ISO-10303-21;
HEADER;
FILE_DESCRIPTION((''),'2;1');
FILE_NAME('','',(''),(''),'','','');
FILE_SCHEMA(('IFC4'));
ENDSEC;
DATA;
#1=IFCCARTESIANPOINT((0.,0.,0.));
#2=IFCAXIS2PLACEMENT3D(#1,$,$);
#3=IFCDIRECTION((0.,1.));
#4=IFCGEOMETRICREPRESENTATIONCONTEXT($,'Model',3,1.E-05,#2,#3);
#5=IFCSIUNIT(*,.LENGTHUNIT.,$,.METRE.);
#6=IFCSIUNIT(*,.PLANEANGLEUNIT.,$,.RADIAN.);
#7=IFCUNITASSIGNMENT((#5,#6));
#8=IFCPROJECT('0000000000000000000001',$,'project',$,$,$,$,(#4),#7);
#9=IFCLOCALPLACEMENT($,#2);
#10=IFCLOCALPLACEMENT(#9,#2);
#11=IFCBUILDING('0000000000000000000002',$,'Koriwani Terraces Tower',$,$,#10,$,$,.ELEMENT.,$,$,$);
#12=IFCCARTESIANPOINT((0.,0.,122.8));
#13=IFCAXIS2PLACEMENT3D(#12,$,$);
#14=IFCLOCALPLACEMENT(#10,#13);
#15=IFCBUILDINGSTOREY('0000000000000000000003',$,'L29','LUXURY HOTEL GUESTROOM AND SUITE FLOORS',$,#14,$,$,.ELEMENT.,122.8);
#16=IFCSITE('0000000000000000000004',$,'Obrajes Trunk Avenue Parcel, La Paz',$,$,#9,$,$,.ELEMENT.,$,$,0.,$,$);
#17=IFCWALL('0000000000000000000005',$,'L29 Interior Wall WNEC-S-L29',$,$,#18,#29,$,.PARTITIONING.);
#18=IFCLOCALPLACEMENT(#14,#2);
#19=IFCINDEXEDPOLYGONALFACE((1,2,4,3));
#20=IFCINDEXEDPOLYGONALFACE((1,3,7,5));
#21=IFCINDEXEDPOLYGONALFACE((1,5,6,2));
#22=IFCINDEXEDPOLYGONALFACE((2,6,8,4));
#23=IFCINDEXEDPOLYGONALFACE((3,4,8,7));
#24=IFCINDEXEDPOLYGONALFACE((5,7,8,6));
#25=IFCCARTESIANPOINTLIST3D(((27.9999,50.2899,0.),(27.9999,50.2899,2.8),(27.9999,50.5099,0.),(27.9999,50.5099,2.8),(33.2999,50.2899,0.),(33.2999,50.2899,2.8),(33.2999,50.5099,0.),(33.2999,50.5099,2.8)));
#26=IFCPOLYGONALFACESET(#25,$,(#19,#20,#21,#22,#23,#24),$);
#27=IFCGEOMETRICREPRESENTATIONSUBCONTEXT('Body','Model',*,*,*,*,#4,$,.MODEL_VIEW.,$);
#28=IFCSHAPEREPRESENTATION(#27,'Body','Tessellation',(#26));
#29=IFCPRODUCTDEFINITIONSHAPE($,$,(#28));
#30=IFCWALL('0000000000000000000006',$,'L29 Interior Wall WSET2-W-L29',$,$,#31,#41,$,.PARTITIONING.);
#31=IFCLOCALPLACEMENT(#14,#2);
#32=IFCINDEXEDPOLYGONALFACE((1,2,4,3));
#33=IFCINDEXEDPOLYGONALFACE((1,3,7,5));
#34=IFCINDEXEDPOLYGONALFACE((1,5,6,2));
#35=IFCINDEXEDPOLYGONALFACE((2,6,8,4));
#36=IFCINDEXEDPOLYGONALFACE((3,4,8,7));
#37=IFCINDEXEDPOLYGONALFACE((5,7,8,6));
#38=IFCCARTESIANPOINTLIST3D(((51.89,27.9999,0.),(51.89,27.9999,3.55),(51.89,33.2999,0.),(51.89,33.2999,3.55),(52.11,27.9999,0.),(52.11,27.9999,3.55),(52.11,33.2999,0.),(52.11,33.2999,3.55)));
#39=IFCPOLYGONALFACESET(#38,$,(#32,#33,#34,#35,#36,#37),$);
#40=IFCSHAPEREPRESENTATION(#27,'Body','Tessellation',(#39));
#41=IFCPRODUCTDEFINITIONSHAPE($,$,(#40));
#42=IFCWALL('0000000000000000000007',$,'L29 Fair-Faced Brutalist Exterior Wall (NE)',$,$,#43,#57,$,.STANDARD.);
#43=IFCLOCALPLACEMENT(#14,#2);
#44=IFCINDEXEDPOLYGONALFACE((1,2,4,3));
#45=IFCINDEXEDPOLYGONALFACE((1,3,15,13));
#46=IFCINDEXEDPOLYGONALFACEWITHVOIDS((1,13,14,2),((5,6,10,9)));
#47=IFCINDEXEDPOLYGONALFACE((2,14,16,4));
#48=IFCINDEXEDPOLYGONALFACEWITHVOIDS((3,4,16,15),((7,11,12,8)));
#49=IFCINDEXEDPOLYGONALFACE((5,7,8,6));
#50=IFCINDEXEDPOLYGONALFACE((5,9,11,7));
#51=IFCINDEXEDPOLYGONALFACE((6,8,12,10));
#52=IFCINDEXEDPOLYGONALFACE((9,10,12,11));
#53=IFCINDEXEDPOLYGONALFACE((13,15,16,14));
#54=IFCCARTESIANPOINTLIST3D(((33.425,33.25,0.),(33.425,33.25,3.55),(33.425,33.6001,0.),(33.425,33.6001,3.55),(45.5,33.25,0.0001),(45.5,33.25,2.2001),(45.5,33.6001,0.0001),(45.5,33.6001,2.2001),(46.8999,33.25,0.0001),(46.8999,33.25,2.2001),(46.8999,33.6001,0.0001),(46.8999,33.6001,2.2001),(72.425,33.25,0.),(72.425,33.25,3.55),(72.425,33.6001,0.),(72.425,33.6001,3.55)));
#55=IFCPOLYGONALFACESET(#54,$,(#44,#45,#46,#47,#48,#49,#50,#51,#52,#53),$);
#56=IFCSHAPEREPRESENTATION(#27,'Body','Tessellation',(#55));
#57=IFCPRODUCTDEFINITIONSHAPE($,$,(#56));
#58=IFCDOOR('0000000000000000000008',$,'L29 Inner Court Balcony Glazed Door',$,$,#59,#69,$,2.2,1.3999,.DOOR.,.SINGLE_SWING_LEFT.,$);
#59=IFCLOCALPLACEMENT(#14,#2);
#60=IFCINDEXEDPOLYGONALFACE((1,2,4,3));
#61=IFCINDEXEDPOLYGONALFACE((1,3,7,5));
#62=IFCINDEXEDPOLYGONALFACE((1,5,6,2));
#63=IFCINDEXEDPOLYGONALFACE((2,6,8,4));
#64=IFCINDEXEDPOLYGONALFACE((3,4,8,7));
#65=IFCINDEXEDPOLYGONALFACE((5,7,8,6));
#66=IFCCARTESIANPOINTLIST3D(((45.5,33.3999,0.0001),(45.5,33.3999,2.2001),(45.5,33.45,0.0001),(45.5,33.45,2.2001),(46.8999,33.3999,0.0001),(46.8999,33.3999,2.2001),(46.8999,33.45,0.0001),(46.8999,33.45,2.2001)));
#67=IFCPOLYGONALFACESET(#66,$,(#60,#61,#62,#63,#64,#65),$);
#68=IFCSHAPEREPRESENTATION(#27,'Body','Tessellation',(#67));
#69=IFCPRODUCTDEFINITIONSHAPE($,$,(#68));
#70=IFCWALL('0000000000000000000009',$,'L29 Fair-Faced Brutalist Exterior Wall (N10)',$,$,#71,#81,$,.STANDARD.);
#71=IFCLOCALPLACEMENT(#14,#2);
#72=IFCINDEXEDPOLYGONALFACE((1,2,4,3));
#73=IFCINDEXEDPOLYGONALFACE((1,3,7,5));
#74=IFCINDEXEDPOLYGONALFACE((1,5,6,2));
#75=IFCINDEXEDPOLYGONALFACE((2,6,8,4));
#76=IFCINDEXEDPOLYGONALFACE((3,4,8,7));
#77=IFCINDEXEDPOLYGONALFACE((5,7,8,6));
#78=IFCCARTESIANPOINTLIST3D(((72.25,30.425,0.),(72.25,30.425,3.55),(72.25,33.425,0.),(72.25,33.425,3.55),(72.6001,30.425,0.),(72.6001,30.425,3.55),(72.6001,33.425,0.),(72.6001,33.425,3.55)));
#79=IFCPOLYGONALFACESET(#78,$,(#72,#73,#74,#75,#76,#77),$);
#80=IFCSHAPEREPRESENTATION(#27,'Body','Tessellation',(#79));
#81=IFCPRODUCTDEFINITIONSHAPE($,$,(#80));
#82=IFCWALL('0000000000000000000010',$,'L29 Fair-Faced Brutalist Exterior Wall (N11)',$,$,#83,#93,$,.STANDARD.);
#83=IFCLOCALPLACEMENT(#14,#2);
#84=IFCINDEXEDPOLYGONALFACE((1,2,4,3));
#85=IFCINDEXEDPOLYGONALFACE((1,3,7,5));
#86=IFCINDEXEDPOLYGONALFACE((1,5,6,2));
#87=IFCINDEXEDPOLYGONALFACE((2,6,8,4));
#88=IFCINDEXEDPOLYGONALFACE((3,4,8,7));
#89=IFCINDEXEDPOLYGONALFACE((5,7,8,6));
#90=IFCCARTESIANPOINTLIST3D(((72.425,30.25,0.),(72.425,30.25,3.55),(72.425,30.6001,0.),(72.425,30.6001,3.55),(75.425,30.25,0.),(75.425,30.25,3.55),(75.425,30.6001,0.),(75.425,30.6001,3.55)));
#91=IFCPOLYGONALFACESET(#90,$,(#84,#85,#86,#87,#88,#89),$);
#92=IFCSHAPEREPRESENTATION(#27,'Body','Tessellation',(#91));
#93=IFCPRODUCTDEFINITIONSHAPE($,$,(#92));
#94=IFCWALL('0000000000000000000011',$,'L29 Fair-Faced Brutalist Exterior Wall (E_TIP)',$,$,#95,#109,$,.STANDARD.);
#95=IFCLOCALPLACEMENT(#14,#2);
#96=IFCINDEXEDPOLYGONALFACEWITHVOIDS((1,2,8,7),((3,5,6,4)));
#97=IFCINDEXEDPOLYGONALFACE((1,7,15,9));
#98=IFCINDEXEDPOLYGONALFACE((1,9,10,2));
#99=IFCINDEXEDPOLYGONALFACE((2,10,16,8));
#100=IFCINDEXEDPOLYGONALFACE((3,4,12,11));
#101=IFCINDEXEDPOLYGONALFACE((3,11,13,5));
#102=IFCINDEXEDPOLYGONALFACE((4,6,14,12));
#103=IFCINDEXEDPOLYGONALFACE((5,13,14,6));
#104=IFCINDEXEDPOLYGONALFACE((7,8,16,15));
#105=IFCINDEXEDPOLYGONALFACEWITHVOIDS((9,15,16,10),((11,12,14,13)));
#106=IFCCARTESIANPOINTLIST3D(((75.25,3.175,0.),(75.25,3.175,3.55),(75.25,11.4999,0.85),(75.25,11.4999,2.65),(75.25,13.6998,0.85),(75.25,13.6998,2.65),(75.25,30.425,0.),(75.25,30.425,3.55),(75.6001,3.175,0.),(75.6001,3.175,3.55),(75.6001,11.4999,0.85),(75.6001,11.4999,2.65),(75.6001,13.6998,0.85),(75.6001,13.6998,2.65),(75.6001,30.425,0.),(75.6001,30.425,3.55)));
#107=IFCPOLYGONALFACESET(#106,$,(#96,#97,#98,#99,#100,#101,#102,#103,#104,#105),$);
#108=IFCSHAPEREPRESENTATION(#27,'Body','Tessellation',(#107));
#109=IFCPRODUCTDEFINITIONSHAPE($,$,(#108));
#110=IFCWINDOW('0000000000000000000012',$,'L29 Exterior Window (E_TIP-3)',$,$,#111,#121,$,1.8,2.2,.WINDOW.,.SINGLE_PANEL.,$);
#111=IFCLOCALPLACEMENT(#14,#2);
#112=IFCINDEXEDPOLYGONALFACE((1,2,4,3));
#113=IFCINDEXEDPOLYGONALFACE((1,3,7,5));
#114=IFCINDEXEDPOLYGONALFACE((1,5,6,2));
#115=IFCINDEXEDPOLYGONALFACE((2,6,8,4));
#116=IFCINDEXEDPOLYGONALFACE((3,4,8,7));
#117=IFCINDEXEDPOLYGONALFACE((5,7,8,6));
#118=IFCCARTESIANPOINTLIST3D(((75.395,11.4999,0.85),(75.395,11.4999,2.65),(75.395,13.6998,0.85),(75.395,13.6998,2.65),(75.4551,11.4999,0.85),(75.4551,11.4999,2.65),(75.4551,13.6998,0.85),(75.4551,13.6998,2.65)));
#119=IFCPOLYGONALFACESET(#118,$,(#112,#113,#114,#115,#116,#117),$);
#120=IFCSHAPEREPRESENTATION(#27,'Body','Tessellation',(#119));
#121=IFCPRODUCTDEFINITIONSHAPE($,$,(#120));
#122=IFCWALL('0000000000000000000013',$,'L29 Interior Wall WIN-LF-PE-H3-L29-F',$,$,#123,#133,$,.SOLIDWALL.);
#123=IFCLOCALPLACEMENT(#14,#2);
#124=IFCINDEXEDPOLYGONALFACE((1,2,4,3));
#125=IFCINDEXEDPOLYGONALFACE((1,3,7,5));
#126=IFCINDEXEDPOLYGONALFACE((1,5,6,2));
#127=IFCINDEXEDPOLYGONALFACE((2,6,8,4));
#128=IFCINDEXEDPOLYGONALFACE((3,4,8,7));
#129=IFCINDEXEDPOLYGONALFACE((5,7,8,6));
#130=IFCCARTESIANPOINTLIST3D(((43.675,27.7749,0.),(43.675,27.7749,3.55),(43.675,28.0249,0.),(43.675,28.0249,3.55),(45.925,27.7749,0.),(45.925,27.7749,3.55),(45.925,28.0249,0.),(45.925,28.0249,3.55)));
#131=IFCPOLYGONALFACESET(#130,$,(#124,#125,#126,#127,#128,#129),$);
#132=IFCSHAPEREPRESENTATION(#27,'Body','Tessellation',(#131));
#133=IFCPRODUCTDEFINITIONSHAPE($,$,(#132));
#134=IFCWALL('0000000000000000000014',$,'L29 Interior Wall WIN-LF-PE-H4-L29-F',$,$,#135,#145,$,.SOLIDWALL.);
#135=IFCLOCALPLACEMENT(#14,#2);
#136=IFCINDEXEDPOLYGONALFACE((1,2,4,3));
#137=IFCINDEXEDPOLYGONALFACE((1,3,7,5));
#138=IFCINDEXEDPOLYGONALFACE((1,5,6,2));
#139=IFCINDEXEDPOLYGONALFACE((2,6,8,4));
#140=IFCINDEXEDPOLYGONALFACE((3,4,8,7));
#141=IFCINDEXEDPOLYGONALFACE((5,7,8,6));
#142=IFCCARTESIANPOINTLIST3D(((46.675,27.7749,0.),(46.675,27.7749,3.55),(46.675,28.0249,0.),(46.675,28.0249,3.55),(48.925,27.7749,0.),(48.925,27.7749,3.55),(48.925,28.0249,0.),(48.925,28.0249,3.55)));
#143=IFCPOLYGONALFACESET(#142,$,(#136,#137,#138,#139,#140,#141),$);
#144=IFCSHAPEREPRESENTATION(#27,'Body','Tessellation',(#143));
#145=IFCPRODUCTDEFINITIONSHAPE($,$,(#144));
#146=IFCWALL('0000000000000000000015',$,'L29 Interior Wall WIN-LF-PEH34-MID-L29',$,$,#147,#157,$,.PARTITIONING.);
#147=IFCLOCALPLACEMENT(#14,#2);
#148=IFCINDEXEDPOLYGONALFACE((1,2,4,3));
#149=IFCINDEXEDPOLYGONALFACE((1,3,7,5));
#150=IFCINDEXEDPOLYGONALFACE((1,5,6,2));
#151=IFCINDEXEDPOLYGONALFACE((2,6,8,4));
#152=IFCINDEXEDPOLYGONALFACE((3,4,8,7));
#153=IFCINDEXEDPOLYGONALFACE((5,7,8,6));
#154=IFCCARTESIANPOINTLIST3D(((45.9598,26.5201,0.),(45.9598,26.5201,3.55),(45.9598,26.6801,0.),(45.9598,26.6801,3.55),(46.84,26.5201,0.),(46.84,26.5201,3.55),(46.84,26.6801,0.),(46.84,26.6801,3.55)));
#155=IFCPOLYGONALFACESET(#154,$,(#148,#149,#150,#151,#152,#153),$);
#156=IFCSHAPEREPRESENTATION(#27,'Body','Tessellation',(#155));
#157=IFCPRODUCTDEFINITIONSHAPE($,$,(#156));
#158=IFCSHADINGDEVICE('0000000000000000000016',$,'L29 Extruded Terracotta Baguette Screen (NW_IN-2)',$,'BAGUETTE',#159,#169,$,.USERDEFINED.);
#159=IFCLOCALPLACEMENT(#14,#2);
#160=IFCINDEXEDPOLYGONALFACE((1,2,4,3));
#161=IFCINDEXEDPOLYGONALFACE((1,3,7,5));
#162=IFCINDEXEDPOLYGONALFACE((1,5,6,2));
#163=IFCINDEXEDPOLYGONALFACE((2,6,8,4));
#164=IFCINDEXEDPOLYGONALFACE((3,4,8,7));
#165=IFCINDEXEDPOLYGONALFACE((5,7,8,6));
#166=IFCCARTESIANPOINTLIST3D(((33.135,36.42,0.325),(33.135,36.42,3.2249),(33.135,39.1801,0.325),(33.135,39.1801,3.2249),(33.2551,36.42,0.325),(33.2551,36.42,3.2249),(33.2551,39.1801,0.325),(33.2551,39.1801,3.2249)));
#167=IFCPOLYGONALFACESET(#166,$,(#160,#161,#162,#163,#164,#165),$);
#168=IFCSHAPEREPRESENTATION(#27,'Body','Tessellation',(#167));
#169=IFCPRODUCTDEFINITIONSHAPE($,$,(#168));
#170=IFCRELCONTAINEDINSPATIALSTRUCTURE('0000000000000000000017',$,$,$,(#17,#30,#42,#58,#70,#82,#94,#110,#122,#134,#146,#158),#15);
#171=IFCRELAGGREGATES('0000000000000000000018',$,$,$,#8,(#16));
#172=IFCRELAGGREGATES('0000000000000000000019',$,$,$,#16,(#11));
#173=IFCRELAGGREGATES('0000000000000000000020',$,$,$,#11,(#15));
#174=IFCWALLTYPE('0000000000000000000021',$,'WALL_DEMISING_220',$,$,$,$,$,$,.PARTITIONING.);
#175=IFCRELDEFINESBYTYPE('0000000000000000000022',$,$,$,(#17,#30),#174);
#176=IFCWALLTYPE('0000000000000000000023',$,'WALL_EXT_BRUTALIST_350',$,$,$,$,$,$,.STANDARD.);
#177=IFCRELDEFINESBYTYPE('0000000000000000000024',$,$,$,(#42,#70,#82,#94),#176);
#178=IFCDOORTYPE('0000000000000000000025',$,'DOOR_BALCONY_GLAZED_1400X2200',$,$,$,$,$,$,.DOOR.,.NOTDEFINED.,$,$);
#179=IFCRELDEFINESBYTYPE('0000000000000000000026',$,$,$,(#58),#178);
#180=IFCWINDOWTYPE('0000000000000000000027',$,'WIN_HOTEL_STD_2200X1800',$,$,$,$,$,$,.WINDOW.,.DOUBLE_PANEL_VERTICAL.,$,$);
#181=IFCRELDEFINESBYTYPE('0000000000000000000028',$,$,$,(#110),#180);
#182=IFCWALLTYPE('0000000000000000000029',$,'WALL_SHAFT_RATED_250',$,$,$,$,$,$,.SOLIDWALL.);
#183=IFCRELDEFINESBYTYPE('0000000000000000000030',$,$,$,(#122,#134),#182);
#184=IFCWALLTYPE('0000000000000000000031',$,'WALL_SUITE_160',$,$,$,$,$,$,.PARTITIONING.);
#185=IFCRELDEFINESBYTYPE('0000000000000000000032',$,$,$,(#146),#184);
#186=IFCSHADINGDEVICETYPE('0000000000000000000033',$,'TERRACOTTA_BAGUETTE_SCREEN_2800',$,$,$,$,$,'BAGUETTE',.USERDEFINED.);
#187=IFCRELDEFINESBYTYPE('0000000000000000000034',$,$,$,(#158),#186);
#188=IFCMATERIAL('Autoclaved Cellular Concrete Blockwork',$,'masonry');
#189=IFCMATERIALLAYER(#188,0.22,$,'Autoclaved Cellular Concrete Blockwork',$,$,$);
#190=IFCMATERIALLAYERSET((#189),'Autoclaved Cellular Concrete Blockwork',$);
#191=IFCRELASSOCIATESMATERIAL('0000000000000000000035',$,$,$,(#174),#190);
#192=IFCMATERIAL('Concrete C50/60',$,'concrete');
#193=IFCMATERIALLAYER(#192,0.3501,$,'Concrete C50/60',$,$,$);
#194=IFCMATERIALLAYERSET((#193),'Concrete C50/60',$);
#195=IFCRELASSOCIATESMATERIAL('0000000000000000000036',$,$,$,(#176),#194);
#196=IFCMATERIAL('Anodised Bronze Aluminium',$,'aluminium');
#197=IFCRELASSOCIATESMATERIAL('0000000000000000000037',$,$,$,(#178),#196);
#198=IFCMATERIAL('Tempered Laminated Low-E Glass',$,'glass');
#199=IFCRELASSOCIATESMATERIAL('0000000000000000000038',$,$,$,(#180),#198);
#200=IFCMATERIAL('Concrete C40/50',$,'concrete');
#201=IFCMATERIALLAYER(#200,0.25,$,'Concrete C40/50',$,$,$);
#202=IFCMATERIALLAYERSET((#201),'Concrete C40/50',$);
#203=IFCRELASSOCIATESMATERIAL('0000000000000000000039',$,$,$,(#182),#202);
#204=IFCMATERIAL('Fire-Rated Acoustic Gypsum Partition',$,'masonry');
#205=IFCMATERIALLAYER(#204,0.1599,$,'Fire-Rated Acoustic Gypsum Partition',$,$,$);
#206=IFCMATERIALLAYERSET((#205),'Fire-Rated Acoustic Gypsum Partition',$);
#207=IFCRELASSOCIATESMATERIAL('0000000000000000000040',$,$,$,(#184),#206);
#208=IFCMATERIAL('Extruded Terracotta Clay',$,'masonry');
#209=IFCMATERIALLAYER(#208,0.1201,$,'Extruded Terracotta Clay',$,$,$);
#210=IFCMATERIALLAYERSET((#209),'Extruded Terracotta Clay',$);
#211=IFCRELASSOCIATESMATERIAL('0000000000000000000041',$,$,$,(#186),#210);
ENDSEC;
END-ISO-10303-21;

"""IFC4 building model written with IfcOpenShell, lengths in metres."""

from ifc_helpers import new_model, si_unit, direction, frame, frame_2d, origin, origin_2d, place, context, subcontext, project, spatial, rectangle, extrude, material, layer, layer_set, type_object, element, fill, save


model = new_model("IFC4")

# Units and contexts
model_context = context("Model", 3, precision=1e-05, world=origin(), true_north=direction((0.0, 1.0)))
body_context = subcontext(model_context, "Body", "Model", "MODEL_VIEW")
ifc_project = project(units=[si_unit("LENGTHUNIT", "METRE"), si_unit("PLANEANGLEUNIT", "RADIAN")], contexts=[model_context])

# Site, building, storey
site_placement = place(None, origin())
site = spatial("IfcSite", under=ifc_project, at=site_placement, Name="Obrajes Trunk Avenue Parcel, La Paz", CompositionType="ELEMENT", RefElevation=0.0)
building_placement = place(site_placement, origin())
building = spatial("IfcBuilding", under=site, at=building_placement, Name="Koriwani Terraces Tower", CompositionType="ELEMENT")
storey_placement = place(building_placement, frame((0.0, 0.0, 122.8)))
storey = spatial("IfcBuildingStorey", under=building, at=storey_placement, Name="L29", Description="LUXURY HOTEL GUESTROOM AND SUITE FLOORS", CompositionType="ELEMENT", Elevation=122.8)

# Shared definitions
ifc_material_1 = material(Name="Concrete C40/50", Category="concrete")
ifc_material_2 = material(Name="Concrete C50/60", Category="concrete")

# Shared definitions
ifc_material_3 = material(Name="Autoclaved Cellular Concrete Blockwork", Category="masonry")

# Walls
ifc_layer_1 = layer(ifc_material_3, 0.22, Name="Autoclaved Cellular Concrete Blockwork")
ifc_layer_set_1 = layer_set([ifc_layer_1], Name="Autoclaved Cellular Concrete Blockwork")
wall_type_1 = type_object("IfcWallType", Name="WALL_DEMISING_220", PredefinedType="PARTITIONING", material=ifc_layer_set_1)
wall_1_placement = place(storey_placement, frame((28.0, 50.3999, 0.0), z_axis=(0.0, 0.0, 1.0), x_axis=(1.0, 0.0, 0.0)))
element("IfcWall", 1, at=wall_1_placement, inside=storey, type_object=wall_type_1, Name="L29 Interior Wall WNEC-S-L29", PredefinedType="PARTITIONING", context=body_context, shape_type="SweptSolid", body=[
    extrude(rectangle(XDim=5.3, YDim=0.22, at=frame_2d((2.6499, 0.0))), origin(), (0.0, 0.0, 1.0), 2.8),
])
wall_2_placement = place(storey_placement, frame((52.0, 28.0, 0.0), z_axis=(0.0, 0.0, 1.0), x_axis=(0.0, 1.0, 0.0)))
element("IfcWall", 2, at=wall_2_placement, inside=storey, type_object=wall_type_1, Name="L29 Interior Wall WSET2-W-L29", PredefinedType="PARTITIONING", context=body_context, shape_type="SweptSolid", body=[
    extrude(rectangle(XDim=5.3, YDim=0.22, at=frame_2d((2.6499, 0.0))), origin(), (0.0, 0.0, 1.0), 3.55),
])

# Wall, opening, door
ifc_layer_2 = layer(ifc_material_2, 0.3501, Name="Concrete C50/60")
ifc_layer_set_2 = layer_set([ifc_layer_2], Name="Concrete C50/60")
wall_type_2 = type_object("IfcWallType", Name="WALL_EXT_BRUTALIST_350", PredefinedType="STANDARD", material=ifc_layer_set_2)
wall_3_placement = place(storey_placement, frame((33.425, 33.425, 0.0), z_axis=(0.0, 0.0, 1.0), x_axis=(1.0, 0.0, 0.0)))
wall_3 = element("IfcWall", 3, at=wall_3_placement, inside=storey, type_object=wall_type_2, Name="L29 Fair-Faced Brutalist Exterior Wall (NE)", PredefinedType="STANDARD", context=body_context, shape_type="SweptSolid", body=[
    extrude(rectangle(XDim=39.0, YDim=0.3501, at=frame_2d((19.5, 0.0))), origin(), (0.0, 0.0, 1.0), 3.55),
])
opening_1_placement = place(wall_3_placement, frame((12.075, 0.0, 0.0)))
opening_1 = element("IfcOpeningElement", 4, at=opening_1_placement, cuts=wall_3, PredefinedType="OPENING", context=body_context, shape_type="SweptSolid", body=[
    extrude(rectangle(XDim=1.3999, YDim=2.2, at=frame_2d((0.7, 1.1001))), frame((0.0, 0.1851, 0.0), z_axis=(0.0, -1.0, 0.0), x_axis=(1.0, 0.0, 0.0)), (0.0, 0.0, 1.0), 0.3701),
])
ifc_material_4 = material(Name="Anodised Bronze Aluminium", Category="aluminium")
door_type_1 = type_object("IfcDoorType", Name="DOOR_BALCONY_GLAZED_1400X2200", OperationType="NOTDEFINED", PredefinedType="DOOR", material=ifc_material_4)
door_1_placement = place(opening_1_placement, origin())
door_1 = element("IfcDoor", 5, at=door_1_placement, inside=storey, type_object=door_type_1, Name="L29 Inner Court Balcony Glazed Door", OperationType="SINGLE_SWING_LEFT", OverallHeight=2.2, OverallWidth=1.3999, PredefinedType="DOOR", context=body_context, shape_type="SweptSolid", body=[
    extrude(rectangle(XDim=1.3999, YDim=2.2, at=frame_2d((0.7, 1.1001))), frame((0.0, 0.0249, 0.0), z_axis=(0.0, -1.0, 0.0), x_axis=(1.0, 0.0, 0.0)), (0.0, 0.0, 1.0), 0.05),
])
fill(opening_1, door_1)

# Walls
for number, where, z_axis, x_axis, name in (
    (6, (72.425, 33.425, 0.0), (0.0, 0.0, 1.0), (0.0, -1.0, 0.0), "L29 Fair-Faced Brutalist Exterior Wall (N10)"),
    (7, (72.425, 30.425, 0.0), (0.0, 0.0, 1.0), (1.0, 0.0, 0.0), "L29 Fair-Faced Brutalist Exterior Wall (N11)"),
):
    element("IfcWall", number, at=place(storey_placement, frame(where, z_axis=z_axis, x_axis=x_axis)), inside=storey, type_object=wall_type_2, Name=name, PredefinedType="STANDARD", context=body_context, shape_type="SweptSolid", body=[
        extrude(rectangle(XDim=3.0, YDim=0.3501, at=frame_2d((1.5, 0.0))), origin(), (0.0, 0.0, 1.0), 3.55),
    ])

# Wall, opening, window
wall_4_placement = place(storey_placement, frame((75.425, 30.425, 0.0), z_axis=(0.0, 0.0, 1.0), x_axis=(0.0, -1.0, 0.0)))
wall_4 = element("IfcWall", 8, at=wall_4_placement, inside=storey, type_object=wall_type_2, Name="L29 Fair-Faced Brutalist Exterior Wall (E_TIP)", PredefinedType="STANDARD", context=body_context, shape_type="SweptSolid", body=[
    extrude(rectangle(XDim=27.25, YDim=0.3501, at=frame_2d((13.625, 0.0))), origin(), (0.0, 0.0, 1.0), 3.55),
])
opening_2_placement = place(wall_4_placement, frame((16.7251, 0.0, 0.8501)))
opening_2 = element("IfcOpeningElement", 9, at=opening_2_placement, cuts=wall_4, PredefinedType="OPENING", context=body_context, shape_type="SweptSolid", body=[
    extrude(rectangle(XDim=2.2, YDim=1.8, at=frame_2d((1.1001, 0.8999))), frame((0.0, 0.1851, 0.0), z_axis=(0.0, -1.0, 0.0), x_axis=(1.0, 0.0, 0.0)), (0.0, 0.0, 1.0), 0.3701),
])
ifc_material_5 = material(Name="Tempered Laminated Low-E Glass", Category="glass")
window_type = type_object("IfcWindowType", Name="WIN_HOTEL_STD_2200X1800", PartitioningType="DOUBLE_PANEL_VERTICAL", PredefinedType="WINDOW", material=ifc_material_5)
window_placement = place(opening_2_placement, origin())
window = element("IfcWindow", 10, at=window_placement, inside=storey, type_object=window_type, Name="L29 Exterior Window (E_TIP-3)", OverallHeight=1.8, OverallWidth=2.2, PartitioningType="SINGLE_PANEL", PredefinedType="WINDOW", context=body_context, shape_type="SweptSolid", body=[
    extrude(rectangle(XDim=2.2, YDim=1.8, at=frame_2d((1.1001, 0.8999))), frame((0.0, 0.03, 0.0), z_axis=(0.0, -1.0, 0.0), x_axis=(1.0, 0.0, 0.0)), (0.0, 0.0, 1.0), 0.0601),
])
fill(opening_2, window)

# Walls
ifc_layer_3 = layer(ifc_material_1, 0.25, Name="Concrete C40/50")
ifc_layer_set_3 = layer_set([ifc_layer_3], Name="Concrete C40/50")
wall_type_3 = type_object("IfcWallType", Name="WALL_SHAFT_RATED_250", PredefinedType="SOLIDWALL", material=ifc_layer_set_3)
for number, where, z_axis, x_axis, name in (
    (11, (43.675, 27.8999, 0.0), (0.0, 0.0, 1.0), (1.0, 0.0, 0.0), "L29 Interior Wall WIN-LF-PE-H3-L29-F"),
    (12, (46.675, 27.8999, 0.0), (0.0, 0.0, 1.0), (1.0, 0.0, 0.0), "L29 Interior Wall WIN-LF-PE-H4-L29-F"),
):
    element("IfcWall", number, at=place(storey_placement, frame(where, z_axis=z_axis, x_axis=x_axis)), inside=storey, type_object=wall_type_3, Name=name, PredefinedType="SOLIDWALL", context=body_context, shape_type="SweptSolid", body=[
        extrude(rectangle(XDim=2.25, YDim=0.25, at=frame_2d((1.125, 0.0))), origin(), (0.0, 0.0, 1.0), 3.55),
    ])
ifc_material_6 = material(Name="Fire-Rated Acoustic Gypsum Partition", Category="masonry")
ifc_layer_4 = layer(ifc_material_6, 0.1599, Name="Fire-Rated Acoustic Gypsum Partition")
ifc_layer_set_4 = layer_set([ifc_layer_4], Name="Fire-Rated Acoustic Gypsum Partition")
wall_type_4 = type_object("IfcWallType", Name="WALL_SUITE_160", PredefinedType="PARTITIONING", material=ifc_layer_set_4)
wall_5_placement = place(storey_placement, frame((45.96, 26.6001, 0.0), z_axis=(0.0, 0.0, 1.0), x_axis=(1.0, 0.0, 0.0)))
element("IfcWall", 13, at=wall_5_placement, inside=storey, type_object=wall_type_4, Name="L29 Interior Wall WIN-LF-PEH34-MID-L29", PredefinedType="PARTITIONING", context=body_context, shape_type="SweptSolid", body=[
    extrude(rectangle(XDim=0.8801, YDim=0.1599, at=frame_2d((0.4399, 0.0))), origin(), (0.0, 0.0, 1.0), 3.55),
])

# Shading device
ifc_material_7 = material(Name="Extruded Terracotta Clay", Category="masonry")
ifc_layer_5 = layer(ifc_material_7, 0.1201, Name="Extruded Terracotta Clay")
ifc_layer_set_5 = layer_set([ifc_layer_5], Name="Extruded Terracotta Clay")
shading_device_type = type_object("IfcShadingDeviceType", Name="TERRACOTTA_BAGUETTE_SCREEN_2800", ElementType="BAGUETTE", PredefinedType="USERDEFINED", material=ifc_layer_set_5)
shading_device_placement = place(storey_placement, frame((33.1951, 37.8, 0.325), z_axis=(0.0, 0.0, 1.0), x_axis=(0.0, -1.0, 0.0)))
element("IfcShadingDevice", 14, at=shading_device_placement, inside=storey, type_object=shading_device_type, Name="L29 Extruded Terracotta Baguette Screen (NW_IN-2)", ObjectType="BAGUETTE", PredefinedType="USERDEFINED", context=body_context, shape_type="SweptSolid", body=[
    extrude(rectangle(XDim=2.76, YDim=0.1201, at=origin_2d()), origin(), (0.0, 0.0, 1.0), 2.8999),
])

save(model, "model.ifc")
